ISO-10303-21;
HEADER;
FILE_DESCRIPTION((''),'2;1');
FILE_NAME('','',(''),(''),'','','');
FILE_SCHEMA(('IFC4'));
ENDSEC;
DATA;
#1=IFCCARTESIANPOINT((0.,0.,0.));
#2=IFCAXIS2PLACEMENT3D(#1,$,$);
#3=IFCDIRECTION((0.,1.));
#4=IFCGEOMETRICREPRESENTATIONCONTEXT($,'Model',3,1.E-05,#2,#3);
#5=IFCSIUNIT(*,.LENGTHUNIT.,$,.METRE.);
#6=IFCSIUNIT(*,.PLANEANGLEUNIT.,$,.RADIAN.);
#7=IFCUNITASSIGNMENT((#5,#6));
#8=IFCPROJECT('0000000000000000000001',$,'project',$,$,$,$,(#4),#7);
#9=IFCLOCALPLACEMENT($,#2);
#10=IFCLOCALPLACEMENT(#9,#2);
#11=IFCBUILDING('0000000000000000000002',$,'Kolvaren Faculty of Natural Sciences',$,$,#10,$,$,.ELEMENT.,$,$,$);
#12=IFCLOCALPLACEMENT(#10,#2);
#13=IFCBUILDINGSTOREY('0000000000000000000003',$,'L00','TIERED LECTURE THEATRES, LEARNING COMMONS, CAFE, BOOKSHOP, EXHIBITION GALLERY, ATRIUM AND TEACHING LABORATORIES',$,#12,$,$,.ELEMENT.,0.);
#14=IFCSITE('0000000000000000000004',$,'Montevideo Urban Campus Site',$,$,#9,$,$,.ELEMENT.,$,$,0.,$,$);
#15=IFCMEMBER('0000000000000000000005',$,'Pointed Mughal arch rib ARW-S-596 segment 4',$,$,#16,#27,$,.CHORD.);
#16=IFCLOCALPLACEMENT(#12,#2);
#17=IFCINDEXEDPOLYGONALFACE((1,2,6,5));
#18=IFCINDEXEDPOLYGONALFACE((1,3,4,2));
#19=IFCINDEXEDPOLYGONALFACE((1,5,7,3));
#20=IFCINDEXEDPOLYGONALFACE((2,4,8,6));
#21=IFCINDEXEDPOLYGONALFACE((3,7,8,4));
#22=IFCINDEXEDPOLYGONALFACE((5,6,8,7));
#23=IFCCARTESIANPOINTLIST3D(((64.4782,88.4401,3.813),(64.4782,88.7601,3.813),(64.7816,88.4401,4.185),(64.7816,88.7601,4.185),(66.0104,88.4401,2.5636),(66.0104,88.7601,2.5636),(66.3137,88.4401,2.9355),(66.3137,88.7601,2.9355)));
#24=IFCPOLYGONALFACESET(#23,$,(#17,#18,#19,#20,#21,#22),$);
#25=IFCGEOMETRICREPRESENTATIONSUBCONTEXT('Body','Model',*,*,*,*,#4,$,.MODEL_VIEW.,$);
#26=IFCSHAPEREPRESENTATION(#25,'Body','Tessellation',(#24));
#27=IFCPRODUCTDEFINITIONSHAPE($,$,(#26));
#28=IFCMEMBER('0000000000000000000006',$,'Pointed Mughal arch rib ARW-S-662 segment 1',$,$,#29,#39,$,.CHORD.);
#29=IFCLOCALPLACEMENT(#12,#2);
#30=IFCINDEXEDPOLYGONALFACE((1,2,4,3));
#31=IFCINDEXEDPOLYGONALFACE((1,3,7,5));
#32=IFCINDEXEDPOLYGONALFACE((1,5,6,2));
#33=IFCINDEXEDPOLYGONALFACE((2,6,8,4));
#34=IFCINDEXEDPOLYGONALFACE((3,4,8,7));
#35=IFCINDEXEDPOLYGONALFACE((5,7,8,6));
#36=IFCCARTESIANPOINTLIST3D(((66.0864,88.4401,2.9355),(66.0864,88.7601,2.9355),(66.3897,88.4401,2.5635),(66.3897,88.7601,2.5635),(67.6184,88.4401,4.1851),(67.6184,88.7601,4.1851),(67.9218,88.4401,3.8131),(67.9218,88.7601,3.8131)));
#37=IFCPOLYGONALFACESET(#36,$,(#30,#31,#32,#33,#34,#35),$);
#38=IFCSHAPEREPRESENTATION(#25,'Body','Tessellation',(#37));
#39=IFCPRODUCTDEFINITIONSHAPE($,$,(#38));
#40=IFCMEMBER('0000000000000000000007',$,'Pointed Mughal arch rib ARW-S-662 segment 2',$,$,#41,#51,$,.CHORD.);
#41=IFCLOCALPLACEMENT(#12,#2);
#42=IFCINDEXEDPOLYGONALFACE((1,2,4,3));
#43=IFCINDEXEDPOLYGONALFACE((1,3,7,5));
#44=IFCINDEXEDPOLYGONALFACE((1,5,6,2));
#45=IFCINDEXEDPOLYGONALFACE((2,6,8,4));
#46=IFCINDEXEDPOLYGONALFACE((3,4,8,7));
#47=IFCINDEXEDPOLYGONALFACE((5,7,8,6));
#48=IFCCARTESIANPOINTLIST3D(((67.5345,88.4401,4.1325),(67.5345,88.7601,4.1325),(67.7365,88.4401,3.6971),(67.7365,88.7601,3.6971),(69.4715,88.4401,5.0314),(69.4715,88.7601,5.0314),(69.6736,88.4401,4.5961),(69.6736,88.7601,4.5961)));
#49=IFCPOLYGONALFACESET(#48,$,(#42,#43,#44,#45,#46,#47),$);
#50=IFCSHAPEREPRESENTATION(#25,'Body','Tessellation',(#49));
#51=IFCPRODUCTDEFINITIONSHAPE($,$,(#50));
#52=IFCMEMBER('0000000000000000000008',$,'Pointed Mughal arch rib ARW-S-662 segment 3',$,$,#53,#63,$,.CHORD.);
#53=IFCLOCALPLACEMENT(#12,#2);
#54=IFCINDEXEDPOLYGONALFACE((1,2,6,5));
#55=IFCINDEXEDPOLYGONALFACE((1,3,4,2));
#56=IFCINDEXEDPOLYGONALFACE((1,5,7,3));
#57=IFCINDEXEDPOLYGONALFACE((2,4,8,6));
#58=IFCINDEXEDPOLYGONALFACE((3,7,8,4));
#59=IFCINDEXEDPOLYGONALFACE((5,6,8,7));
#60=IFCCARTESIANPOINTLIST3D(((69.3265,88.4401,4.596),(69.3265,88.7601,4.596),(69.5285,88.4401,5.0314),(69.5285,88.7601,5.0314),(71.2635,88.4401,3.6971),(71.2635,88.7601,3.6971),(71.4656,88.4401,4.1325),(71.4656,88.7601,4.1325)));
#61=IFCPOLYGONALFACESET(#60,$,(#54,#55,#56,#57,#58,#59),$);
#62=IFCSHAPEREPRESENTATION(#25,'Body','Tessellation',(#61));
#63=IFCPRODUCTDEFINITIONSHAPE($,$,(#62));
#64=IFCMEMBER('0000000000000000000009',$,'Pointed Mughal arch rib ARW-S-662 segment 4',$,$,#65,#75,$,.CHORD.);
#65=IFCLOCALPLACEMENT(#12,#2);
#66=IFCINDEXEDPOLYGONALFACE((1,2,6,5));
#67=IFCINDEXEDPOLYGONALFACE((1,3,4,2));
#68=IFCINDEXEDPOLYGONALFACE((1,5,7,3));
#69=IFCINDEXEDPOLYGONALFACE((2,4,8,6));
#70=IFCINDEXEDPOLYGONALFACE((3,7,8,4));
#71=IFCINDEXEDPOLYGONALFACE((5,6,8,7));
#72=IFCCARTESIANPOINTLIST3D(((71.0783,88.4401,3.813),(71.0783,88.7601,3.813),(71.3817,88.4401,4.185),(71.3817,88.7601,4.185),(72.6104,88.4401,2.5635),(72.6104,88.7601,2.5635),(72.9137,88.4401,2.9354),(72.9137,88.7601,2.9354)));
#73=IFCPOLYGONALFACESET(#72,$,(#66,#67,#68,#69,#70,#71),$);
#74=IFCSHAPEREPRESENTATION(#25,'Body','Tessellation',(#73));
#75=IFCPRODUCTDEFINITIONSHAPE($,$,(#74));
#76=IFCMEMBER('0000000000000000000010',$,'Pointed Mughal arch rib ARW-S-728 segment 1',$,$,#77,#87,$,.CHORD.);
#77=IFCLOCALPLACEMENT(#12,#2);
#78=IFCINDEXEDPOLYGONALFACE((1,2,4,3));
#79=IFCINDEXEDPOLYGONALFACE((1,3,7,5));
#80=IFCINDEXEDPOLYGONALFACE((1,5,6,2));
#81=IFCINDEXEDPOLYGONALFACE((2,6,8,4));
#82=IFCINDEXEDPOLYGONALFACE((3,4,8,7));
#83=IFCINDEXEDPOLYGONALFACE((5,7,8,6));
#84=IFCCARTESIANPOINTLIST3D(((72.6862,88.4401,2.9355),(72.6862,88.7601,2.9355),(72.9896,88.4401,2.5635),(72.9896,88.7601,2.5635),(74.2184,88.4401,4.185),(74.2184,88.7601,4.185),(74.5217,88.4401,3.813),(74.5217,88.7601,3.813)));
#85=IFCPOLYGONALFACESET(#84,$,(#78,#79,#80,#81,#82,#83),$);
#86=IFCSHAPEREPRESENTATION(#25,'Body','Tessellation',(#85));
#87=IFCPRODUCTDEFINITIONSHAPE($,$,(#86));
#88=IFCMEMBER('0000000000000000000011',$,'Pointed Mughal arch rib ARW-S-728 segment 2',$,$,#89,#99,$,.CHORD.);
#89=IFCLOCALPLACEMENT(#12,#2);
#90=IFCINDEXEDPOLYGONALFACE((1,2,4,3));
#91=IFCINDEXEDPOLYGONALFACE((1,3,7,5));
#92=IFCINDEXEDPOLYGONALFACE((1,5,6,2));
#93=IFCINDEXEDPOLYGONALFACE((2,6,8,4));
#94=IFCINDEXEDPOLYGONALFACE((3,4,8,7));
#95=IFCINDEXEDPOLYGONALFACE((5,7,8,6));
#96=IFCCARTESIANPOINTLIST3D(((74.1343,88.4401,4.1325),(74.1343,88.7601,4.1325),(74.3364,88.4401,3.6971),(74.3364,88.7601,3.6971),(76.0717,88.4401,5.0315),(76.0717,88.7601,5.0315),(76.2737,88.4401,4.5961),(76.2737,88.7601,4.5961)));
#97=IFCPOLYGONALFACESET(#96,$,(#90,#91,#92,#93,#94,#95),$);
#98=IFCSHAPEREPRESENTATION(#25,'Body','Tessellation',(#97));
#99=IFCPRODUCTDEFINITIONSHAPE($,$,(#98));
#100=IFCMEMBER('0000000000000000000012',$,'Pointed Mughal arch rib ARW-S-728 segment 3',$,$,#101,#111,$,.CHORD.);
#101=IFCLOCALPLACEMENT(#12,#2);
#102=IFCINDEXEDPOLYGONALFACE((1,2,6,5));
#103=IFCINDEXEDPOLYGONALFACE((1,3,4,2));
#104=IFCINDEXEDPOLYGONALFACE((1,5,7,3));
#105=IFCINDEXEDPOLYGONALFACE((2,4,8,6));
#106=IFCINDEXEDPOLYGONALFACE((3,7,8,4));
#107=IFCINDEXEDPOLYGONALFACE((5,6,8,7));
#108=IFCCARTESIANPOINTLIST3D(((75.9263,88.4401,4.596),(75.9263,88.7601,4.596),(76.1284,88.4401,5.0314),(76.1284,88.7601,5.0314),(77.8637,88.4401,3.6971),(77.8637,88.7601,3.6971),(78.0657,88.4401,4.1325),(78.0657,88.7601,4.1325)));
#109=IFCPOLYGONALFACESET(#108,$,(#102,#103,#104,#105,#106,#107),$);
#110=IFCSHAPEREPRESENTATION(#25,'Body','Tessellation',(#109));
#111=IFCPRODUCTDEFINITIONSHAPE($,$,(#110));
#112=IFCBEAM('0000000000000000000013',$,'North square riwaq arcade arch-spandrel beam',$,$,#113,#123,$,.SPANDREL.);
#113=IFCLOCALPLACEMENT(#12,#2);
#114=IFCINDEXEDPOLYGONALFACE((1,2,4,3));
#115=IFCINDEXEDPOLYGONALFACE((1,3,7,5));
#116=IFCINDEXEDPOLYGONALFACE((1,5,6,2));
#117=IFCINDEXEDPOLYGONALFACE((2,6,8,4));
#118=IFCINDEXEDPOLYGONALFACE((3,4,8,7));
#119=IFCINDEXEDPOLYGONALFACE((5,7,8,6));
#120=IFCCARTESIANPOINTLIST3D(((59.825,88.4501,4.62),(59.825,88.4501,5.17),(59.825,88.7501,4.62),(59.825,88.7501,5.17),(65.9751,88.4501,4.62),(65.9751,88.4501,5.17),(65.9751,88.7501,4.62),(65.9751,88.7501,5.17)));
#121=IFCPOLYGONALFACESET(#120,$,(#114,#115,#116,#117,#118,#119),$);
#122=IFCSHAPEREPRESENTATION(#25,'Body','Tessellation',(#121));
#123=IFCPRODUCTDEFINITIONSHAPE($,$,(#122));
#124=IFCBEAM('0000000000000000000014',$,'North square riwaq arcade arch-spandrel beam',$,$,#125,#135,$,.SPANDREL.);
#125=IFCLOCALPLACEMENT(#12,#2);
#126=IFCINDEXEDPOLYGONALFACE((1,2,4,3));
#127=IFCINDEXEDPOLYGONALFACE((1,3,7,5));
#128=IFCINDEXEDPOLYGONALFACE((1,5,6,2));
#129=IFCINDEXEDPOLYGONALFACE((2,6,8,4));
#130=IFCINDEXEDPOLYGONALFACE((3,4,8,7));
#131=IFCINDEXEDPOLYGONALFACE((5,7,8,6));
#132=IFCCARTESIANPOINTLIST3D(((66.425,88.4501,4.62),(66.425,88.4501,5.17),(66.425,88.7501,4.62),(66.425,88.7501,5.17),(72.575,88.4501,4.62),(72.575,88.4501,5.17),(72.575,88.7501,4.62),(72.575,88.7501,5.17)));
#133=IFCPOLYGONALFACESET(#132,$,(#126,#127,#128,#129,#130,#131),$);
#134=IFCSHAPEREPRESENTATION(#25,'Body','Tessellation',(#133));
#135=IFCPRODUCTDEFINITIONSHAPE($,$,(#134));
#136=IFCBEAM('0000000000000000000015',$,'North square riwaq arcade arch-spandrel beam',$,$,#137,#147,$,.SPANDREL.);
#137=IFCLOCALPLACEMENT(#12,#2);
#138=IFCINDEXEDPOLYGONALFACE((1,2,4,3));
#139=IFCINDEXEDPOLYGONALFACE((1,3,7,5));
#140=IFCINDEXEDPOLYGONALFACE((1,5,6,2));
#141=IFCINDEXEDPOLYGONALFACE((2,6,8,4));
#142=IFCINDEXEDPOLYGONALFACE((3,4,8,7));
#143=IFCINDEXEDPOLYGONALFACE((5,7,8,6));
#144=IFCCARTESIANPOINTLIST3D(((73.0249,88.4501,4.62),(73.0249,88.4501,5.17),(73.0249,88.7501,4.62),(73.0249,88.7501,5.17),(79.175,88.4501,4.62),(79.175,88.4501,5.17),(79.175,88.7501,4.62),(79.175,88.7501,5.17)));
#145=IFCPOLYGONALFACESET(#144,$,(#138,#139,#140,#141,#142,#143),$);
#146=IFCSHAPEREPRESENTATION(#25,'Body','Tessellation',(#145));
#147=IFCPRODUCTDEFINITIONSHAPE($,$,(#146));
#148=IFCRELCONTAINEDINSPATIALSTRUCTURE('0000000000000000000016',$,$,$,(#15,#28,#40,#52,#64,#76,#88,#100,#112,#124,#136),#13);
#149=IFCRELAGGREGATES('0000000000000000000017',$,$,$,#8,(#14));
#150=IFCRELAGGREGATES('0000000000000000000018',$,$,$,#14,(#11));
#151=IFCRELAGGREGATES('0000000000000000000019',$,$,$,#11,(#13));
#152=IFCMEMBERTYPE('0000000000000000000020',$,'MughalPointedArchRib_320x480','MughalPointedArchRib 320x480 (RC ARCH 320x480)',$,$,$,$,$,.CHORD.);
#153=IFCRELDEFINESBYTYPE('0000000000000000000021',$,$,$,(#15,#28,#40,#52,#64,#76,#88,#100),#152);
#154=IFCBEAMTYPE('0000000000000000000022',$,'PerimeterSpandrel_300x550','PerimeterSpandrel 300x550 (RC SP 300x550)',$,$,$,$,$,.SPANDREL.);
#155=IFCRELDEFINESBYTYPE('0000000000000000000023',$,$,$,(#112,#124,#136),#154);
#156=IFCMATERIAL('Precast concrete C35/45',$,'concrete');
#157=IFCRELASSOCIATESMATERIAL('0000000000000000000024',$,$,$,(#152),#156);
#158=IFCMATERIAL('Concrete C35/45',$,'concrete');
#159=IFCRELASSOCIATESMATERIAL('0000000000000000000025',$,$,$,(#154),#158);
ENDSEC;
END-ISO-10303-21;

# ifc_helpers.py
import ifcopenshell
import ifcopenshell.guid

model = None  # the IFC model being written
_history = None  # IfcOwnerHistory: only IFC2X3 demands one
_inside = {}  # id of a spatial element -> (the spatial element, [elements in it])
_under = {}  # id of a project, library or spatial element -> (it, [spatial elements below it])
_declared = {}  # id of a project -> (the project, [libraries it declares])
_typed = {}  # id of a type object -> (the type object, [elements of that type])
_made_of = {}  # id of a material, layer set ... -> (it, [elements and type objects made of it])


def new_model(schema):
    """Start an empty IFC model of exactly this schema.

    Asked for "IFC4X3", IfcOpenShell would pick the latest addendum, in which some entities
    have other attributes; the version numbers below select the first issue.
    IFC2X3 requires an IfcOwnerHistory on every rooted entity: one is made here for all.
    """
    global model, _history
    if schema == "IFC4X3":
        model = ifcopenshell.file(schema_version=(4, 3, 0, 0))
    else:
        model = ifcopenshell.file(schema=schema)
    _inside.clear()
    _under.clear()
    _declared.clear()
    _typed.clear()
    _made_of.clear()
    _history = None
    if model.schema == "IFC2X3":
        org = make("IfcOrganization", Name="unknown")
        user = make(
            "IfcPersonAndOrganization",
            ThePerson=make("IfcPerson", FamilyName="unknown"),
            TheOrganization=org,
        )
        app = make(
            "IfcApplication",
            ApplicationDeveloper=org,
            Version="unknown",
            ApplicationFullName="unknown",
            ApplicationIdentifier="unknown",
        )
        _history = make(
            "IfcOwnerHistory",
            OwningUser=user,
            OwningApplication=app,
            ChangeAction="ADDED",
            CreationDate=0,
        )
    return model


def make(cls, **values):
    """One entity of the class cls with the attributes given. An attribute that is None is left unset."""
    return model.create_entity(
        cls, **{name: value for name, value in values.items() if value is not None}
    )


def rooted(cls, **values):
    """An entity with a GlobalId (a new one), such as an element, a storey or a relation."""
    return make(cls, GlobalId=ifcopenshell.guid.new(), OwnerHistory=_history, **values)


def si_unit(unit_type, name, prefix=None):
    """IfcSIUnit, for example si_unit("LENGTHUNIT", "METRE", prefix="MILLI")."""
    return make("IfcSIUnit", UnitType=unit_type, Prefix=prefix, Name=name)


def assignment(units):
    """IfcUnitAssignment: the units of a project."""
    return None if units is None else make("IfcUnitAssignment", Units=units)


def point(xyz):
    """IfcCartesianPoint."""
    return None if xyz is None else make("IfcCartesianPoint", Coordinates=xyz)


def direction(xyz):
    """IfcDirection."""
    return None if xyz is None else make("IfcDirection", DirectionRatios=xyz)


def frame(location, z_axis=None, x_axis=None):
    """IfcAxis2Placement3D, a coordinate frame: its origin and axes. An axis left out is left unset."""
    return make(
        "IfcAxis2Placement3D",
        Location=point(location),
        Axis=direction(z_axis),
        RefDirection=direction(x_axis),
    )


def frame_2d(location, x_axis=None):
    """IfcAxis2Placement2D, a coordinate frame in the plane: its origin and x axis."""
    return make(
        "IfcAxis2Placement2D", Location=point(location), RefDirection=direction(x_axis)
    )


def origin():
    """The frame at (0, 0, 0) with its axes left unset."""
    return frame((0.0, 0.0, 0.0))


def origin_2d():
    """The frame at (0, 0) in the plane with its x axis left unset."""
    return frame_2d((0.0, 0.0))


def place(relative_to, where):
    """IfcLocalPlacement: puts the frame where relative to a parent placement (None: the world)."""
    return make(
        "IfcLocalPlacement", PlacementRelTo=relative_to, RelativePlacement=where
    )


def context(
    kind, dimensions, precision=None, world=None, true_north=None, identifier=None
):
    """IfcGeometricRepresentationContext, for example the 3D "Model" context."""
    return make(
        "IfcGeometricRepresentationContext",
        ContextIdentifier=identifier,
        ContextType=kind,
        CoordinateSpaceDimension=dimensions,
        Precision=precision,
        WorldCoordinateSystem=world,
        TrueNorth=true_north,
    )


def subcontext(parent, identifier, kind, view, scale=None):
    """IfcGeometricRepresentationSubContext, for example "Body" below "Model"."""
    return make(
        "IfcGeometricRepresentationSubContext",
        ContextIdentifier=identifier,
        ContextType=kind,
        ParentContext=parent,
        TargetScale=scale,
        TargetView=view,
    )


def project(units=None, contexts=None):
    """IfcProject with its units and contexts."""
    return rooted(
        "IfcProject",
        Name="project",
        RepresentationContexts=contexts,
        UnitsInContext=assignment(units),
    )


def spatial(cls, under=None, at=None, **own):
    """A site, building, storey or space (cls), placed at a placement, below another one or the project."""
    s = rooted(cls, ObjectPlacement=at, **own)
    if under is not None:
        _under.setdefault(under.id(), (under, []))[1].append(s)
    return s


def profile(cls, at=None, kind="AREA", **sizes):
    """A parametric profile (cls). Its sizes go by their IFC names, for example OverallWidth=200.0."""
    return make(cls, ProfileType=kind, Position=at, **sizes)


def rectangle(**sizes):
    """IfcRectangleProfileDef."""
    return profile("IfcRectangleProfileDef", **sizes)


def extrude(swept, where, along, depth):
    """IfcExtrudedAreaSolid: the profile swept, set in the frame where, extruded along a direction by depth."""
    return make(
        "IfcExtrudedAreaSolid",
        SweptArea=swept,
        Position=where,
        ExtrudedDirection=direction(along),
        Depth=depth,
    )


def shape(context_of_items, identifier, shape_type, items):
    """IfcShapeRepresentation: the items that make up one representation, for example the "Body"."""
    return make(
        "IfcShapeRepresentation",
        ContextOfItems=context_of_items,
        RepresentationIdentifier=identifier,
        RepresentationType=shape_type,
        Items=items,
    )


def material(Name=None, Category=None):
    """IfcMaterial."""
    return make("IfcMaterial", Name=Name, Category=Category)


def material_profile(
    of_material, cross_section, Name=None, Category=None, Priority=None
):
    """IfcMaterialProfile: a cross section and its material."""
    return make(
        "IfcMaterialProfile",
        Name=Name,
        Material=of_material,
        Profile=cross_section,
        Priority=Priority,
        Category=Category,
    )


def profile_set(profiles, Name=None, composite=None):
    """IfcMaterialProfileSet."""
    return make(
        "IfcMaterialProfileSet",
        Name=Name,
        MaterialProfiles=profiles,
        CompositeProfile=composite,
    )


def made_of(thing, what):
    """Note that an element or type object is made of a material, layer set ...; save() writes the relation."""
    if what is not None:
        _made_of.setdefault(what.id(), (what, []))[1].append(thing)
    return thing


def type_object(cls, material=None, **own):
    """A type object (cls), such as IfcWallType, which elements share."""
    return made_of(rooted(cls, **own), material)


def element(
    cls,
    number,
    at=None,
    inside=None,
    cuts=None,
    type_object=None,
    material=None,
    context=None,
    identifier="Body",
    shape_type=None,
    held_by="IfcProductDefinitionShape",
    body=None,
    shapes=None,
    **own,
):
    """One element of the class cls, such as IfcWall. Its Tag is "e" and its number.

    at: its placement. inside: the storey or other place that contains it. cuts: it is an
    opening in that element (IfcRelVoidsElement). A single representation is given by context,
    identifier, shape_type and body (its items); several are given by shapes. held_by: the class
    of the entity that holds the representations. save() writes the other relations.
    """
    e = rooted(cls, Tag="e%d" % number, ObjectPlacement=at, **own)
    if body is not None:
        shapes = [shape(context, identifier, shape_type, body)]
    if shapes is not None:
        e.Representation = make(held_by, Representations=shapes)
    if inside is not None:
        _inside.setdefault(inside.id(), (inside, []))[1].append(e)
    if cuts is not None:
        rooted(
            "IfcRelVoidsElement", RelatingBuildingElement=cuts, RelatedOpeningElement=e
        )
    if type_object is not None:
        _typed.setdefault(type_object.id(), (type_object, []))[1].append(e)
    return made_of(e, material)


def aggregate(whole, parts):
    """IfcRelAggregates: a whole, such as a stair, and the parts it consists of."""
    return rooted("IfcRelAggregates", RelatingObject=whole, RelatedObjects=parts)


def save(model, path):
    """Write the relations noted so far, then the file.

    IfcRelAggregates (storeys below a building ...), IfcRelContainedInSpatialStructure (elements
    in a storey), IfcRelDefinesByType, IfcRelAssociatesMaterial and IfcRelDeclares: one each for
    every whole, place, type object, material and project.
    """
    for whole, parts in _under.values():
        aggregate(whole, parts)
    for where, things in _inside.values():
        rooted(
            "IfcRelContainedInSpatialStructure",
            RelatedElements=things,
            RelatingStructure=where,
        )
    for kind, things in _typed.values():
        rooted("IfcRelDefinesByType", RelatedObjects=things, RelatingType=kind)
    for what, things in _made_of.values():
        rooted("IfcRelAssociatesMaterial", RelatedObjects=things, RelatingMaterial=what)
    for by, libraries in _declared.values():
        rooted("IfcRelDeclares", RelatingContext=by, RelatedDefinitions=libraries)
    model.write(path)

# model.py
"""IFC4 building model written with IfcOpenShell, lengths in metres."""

from ifc_helpers import new_model, si_unit, direction, frame, origin, origin_2d, place, context, subcontext, project, spatial, rectangle, extrude, material, material_profile, profile_set, type_object, element, save


model = new_model("IFC4")

# Units and contexts
model_context = context("Model", 3, precision=1e-05, world=origin(), true_north=direction((0.0, 1.0)))
body_context = subcontext(model_context, "Body", "Model", "MODEL_VIEW")
ifc_project = project(units=[si_unit("LENGTHUNIT", "METRE"), si_unit("PLANEANGLEUNIT", "RADIAN")], contexts=[model_context])

# Site, building, storey
site_placement = place(None, origin())
site = spatial("IfcSite", under=ifc_project, at=site_placement, Name="Montevideo Urban Campus Site", CompositionType="ELEMENT", RefElevation=0.0)
building_placement = place(site_placement, origin())
building = spatial("IfcBuilding", under=site, at=building_placement, Name="Kolvaren Faculty of Natural Sciences", CompositionType="ELEMENT")
storey_placement = place(building_placement, origin())
storey = spatial("IfcBuildingStorey", under=building, at=storey_placement, Name="L00", Description="TIERED LECTURE THEATRES, LEARNING COMMONS, CAFE, BOOKSHOP, EXHIBITION GALLERY, ATRIUM AND TEACHING LABORATORIES", CompositionType="ELEMENT", Elevation=0.0)

# Shared definitions
ifc_material_1 = material(Name="Concrete C35/45", Category="concrete")

# Members
ifc_material_2 = material(Name="Precast concrete C35/45", Category="concrete")
ifc_material_profile_1 = material_profile(ifc_material_2, rectangle(XDim=0.3201, YDim=0.48, at=origin_2d()), Name="RC ARCH 320x480")
ifc_profile_set_1 = profile_set([ifc_material_profile_1], Name="Precast concrete C35/45")
member_type = type_object("IfcMemberType", Name="MughalPointedArchRib_320x480", Description="MughalPointedArchRib 320x480 (RC ARCH 320x480)", PredefinedType="CHORD", material=ifc_profile_set_1)
for number, where, z_axis, x_axis, name in (
    (1, (64.6299, 88.6001, 3.999), (0.77498, 0.0, -0.631986), (0.0, 1.0, 0.0), "Pointed Mughal arch rib ARW-S-596 segment 4"),
    (2, (66.238, 88.6001, 2.7495), (0.77493, 0.0, 0.632047), (0.0, 1.0, 0.0), "Pointed Mughal arch rib ARW-S-662 segment 1"),
):
    element("IfcMember", number, at=place(storey_placement, frame(where, z_axis=z_axis, x_axis=x_axis)), inside=storey, type_object=member_type, Name=name, PredefinedType="CHORD", context=body_context, shape_type="SweptSolid", body=[
        extrude(rectangle(XDim=0.3201, YDim=0.48, at=origin_2d()), origin(), (0.0, 0.0, 1.0), 1.9771),
    ])
for number, where, z_axis, x_axis, name in (
    (3, (67.6355, 88.6001, 3.9148), (0.907081, 0.0, 0.420957), (0.0, 1.0, 0.0), "Pointed Mughal arch rib ARW-S-662 segment 2"),
    (4, (69.4275, 88.6001, 4.8137), (0.907081, 0.0, -0.420957), (0.0, 1.0, 0.0), "Pointed Mughal arch rib ARW-S-662 segment 3"),
):
    element("IfcMember", number, at=place(storey_placement, frame(where, z_axis=z_axis, x_axis=x_axis)), inside=storey, type_object=member_type, Name=name, PredefinedType="CHORD", context=body_context, shape_type="SweptSolid", body=[
        extrude(rectangle(XDim=0.3201, YDim=0.48, at=origin_2d()), origin(), (0.0, 0.0, 1.0), 2.1355),
    ])
for number, where, z_axis, x_axis, name in (
    (5, (71.23, 88.6001, 3.999), (0.77493, 0.0, -0.632047), (0.0, 1.0, 0.0), "Pointed Mughal arch rib ARW-S-662 segment 4"),
    (6, (72.8379, 88.6001, 2.7495), (0.77498, 0.0, 0.631986), (0.0, 1.0, 0.0), "Pointed Mughal arch rib ARW-S-728 segment 1"),
):
    element("IfcMember", number, at=place(storey_placement, frame(where, z_axis=z_axis, x_axis=x_axis)), inside=storey, type_object=member_type, Name=name, PredefinedType="CHORD", context=body_context, shape_type="SweptSolid", body=[
        extrude(rectangle(XDim=0.3201, YDim=0.48, at=origin_2d()), origin(), (0.0, 0.0, 1.0), 1.9771),
    ])
for number, where, z_axis, x_axis, name in (
    (7, (74.2354, 88.6001, 3.9148), (0.907101, 0.0, 0.420913), (0.0, 1.0, 0.0), "Pointed Mughal arch rib ARW-S-728 segment 2"),
    (8, (76.0273, 88.6001, 4.8137), (0.907101, 0.0, -0.420913), (0.0, 1.0, 0.0), "Pointed Mughal arch rib ARW-S-728 segment 3"),
):
    element("IfcMember", number, at=place(storey_placement, frame(where, z_axis=z_axis, x_axis=x_axis)), inside=storey, type_object=member_type, Name=name, PredefinedType="CHORD", context=body_context, shape_type="SweptSolid", body=[
        extrude(rectangle(XDim=0.3201, YDim=0.48, at=origin_2d()), origin(), (0.0, 0.0, 1.0), 2.1357),
    ])

# Beams
ifc_material_profile_2 = material_profile(ifc_material_1, rectangle(XDim=0.3, YDim=0.55, at=origin_2d()), Name="RC SP 300x550")
ifc_profile_set_2 = profile_set([ifc_material_profile_2], Name="Concrete C35/45")
beam_type = type_object("IfcBeamType", Name="PerimeterSpandrel_300x550", Description="PerimeterSpandrel 300x550 (RC SP 300x550)", PredefinedType="SPANDREL", material=ifc_profile_set_2)
beam_1_placement = place(storey_placement, frame((59.825, 88.6001, 4.895), z_axis=(1.0, 0.0, 0.0), x_axis=(0.0, 1.0, 0.0)))
element("IfcBeam", 9, at=beam_1_placement, inside=storey, type_object=beam_type, Name="North square riwaq arcade arch-spandrel beam", PredefinedType="SPANDREL", context=body_context, shape_type="SweptSolid", body=[
    extrude(rectangle(XDim=0.3, YDim=0.55, at=origin_2d()), origin(), (0.0, 0.0, 1.0), 6.1501),
])
beam_2_placement = place(storey_placement, frame((66.425, 88.6001, 4.895), z_axis=(1.0, 0.0, 0.0), x_axis=(0.0, 1.0, 0.0)))
element("IfcBeam", 10, at=beam_2_placement, inside=storey, type_object=beam_type, Name="North square riwaq arcade arch-spandrel beam", PredefinedType="SPANDREL", context=body_context, shape_type="SweptSolid", body=[
    extrude(rectangle(XDim=0.3, YDim=0.55, at=origin_2d()), origin(), (0.0, 0.0, 1.0), 6.1499),
])
beam_3_placement = place(storey_placement, frame((73.0249, 88.6001, 4.895), z_axis=(1.0, 0.0, 0.0), x_axis=(0.0, 1.0, 0.0)))
element("IfcBeam", 11, at=beam_3_placement, inside=storey, type_object=beam_type, Name="North square riwaq arcade arch-spandrel beam", PredefinedType="SPANDREL", context=body_context, shape_type="SweptSolid", body=[
    extrude(rectangle(XDim=0.3, YDim=0.55, at=origin_2d()), origin(), (0.0, 0.0, 1.0), 6.1501),
])

save(model, "model.ifc")
